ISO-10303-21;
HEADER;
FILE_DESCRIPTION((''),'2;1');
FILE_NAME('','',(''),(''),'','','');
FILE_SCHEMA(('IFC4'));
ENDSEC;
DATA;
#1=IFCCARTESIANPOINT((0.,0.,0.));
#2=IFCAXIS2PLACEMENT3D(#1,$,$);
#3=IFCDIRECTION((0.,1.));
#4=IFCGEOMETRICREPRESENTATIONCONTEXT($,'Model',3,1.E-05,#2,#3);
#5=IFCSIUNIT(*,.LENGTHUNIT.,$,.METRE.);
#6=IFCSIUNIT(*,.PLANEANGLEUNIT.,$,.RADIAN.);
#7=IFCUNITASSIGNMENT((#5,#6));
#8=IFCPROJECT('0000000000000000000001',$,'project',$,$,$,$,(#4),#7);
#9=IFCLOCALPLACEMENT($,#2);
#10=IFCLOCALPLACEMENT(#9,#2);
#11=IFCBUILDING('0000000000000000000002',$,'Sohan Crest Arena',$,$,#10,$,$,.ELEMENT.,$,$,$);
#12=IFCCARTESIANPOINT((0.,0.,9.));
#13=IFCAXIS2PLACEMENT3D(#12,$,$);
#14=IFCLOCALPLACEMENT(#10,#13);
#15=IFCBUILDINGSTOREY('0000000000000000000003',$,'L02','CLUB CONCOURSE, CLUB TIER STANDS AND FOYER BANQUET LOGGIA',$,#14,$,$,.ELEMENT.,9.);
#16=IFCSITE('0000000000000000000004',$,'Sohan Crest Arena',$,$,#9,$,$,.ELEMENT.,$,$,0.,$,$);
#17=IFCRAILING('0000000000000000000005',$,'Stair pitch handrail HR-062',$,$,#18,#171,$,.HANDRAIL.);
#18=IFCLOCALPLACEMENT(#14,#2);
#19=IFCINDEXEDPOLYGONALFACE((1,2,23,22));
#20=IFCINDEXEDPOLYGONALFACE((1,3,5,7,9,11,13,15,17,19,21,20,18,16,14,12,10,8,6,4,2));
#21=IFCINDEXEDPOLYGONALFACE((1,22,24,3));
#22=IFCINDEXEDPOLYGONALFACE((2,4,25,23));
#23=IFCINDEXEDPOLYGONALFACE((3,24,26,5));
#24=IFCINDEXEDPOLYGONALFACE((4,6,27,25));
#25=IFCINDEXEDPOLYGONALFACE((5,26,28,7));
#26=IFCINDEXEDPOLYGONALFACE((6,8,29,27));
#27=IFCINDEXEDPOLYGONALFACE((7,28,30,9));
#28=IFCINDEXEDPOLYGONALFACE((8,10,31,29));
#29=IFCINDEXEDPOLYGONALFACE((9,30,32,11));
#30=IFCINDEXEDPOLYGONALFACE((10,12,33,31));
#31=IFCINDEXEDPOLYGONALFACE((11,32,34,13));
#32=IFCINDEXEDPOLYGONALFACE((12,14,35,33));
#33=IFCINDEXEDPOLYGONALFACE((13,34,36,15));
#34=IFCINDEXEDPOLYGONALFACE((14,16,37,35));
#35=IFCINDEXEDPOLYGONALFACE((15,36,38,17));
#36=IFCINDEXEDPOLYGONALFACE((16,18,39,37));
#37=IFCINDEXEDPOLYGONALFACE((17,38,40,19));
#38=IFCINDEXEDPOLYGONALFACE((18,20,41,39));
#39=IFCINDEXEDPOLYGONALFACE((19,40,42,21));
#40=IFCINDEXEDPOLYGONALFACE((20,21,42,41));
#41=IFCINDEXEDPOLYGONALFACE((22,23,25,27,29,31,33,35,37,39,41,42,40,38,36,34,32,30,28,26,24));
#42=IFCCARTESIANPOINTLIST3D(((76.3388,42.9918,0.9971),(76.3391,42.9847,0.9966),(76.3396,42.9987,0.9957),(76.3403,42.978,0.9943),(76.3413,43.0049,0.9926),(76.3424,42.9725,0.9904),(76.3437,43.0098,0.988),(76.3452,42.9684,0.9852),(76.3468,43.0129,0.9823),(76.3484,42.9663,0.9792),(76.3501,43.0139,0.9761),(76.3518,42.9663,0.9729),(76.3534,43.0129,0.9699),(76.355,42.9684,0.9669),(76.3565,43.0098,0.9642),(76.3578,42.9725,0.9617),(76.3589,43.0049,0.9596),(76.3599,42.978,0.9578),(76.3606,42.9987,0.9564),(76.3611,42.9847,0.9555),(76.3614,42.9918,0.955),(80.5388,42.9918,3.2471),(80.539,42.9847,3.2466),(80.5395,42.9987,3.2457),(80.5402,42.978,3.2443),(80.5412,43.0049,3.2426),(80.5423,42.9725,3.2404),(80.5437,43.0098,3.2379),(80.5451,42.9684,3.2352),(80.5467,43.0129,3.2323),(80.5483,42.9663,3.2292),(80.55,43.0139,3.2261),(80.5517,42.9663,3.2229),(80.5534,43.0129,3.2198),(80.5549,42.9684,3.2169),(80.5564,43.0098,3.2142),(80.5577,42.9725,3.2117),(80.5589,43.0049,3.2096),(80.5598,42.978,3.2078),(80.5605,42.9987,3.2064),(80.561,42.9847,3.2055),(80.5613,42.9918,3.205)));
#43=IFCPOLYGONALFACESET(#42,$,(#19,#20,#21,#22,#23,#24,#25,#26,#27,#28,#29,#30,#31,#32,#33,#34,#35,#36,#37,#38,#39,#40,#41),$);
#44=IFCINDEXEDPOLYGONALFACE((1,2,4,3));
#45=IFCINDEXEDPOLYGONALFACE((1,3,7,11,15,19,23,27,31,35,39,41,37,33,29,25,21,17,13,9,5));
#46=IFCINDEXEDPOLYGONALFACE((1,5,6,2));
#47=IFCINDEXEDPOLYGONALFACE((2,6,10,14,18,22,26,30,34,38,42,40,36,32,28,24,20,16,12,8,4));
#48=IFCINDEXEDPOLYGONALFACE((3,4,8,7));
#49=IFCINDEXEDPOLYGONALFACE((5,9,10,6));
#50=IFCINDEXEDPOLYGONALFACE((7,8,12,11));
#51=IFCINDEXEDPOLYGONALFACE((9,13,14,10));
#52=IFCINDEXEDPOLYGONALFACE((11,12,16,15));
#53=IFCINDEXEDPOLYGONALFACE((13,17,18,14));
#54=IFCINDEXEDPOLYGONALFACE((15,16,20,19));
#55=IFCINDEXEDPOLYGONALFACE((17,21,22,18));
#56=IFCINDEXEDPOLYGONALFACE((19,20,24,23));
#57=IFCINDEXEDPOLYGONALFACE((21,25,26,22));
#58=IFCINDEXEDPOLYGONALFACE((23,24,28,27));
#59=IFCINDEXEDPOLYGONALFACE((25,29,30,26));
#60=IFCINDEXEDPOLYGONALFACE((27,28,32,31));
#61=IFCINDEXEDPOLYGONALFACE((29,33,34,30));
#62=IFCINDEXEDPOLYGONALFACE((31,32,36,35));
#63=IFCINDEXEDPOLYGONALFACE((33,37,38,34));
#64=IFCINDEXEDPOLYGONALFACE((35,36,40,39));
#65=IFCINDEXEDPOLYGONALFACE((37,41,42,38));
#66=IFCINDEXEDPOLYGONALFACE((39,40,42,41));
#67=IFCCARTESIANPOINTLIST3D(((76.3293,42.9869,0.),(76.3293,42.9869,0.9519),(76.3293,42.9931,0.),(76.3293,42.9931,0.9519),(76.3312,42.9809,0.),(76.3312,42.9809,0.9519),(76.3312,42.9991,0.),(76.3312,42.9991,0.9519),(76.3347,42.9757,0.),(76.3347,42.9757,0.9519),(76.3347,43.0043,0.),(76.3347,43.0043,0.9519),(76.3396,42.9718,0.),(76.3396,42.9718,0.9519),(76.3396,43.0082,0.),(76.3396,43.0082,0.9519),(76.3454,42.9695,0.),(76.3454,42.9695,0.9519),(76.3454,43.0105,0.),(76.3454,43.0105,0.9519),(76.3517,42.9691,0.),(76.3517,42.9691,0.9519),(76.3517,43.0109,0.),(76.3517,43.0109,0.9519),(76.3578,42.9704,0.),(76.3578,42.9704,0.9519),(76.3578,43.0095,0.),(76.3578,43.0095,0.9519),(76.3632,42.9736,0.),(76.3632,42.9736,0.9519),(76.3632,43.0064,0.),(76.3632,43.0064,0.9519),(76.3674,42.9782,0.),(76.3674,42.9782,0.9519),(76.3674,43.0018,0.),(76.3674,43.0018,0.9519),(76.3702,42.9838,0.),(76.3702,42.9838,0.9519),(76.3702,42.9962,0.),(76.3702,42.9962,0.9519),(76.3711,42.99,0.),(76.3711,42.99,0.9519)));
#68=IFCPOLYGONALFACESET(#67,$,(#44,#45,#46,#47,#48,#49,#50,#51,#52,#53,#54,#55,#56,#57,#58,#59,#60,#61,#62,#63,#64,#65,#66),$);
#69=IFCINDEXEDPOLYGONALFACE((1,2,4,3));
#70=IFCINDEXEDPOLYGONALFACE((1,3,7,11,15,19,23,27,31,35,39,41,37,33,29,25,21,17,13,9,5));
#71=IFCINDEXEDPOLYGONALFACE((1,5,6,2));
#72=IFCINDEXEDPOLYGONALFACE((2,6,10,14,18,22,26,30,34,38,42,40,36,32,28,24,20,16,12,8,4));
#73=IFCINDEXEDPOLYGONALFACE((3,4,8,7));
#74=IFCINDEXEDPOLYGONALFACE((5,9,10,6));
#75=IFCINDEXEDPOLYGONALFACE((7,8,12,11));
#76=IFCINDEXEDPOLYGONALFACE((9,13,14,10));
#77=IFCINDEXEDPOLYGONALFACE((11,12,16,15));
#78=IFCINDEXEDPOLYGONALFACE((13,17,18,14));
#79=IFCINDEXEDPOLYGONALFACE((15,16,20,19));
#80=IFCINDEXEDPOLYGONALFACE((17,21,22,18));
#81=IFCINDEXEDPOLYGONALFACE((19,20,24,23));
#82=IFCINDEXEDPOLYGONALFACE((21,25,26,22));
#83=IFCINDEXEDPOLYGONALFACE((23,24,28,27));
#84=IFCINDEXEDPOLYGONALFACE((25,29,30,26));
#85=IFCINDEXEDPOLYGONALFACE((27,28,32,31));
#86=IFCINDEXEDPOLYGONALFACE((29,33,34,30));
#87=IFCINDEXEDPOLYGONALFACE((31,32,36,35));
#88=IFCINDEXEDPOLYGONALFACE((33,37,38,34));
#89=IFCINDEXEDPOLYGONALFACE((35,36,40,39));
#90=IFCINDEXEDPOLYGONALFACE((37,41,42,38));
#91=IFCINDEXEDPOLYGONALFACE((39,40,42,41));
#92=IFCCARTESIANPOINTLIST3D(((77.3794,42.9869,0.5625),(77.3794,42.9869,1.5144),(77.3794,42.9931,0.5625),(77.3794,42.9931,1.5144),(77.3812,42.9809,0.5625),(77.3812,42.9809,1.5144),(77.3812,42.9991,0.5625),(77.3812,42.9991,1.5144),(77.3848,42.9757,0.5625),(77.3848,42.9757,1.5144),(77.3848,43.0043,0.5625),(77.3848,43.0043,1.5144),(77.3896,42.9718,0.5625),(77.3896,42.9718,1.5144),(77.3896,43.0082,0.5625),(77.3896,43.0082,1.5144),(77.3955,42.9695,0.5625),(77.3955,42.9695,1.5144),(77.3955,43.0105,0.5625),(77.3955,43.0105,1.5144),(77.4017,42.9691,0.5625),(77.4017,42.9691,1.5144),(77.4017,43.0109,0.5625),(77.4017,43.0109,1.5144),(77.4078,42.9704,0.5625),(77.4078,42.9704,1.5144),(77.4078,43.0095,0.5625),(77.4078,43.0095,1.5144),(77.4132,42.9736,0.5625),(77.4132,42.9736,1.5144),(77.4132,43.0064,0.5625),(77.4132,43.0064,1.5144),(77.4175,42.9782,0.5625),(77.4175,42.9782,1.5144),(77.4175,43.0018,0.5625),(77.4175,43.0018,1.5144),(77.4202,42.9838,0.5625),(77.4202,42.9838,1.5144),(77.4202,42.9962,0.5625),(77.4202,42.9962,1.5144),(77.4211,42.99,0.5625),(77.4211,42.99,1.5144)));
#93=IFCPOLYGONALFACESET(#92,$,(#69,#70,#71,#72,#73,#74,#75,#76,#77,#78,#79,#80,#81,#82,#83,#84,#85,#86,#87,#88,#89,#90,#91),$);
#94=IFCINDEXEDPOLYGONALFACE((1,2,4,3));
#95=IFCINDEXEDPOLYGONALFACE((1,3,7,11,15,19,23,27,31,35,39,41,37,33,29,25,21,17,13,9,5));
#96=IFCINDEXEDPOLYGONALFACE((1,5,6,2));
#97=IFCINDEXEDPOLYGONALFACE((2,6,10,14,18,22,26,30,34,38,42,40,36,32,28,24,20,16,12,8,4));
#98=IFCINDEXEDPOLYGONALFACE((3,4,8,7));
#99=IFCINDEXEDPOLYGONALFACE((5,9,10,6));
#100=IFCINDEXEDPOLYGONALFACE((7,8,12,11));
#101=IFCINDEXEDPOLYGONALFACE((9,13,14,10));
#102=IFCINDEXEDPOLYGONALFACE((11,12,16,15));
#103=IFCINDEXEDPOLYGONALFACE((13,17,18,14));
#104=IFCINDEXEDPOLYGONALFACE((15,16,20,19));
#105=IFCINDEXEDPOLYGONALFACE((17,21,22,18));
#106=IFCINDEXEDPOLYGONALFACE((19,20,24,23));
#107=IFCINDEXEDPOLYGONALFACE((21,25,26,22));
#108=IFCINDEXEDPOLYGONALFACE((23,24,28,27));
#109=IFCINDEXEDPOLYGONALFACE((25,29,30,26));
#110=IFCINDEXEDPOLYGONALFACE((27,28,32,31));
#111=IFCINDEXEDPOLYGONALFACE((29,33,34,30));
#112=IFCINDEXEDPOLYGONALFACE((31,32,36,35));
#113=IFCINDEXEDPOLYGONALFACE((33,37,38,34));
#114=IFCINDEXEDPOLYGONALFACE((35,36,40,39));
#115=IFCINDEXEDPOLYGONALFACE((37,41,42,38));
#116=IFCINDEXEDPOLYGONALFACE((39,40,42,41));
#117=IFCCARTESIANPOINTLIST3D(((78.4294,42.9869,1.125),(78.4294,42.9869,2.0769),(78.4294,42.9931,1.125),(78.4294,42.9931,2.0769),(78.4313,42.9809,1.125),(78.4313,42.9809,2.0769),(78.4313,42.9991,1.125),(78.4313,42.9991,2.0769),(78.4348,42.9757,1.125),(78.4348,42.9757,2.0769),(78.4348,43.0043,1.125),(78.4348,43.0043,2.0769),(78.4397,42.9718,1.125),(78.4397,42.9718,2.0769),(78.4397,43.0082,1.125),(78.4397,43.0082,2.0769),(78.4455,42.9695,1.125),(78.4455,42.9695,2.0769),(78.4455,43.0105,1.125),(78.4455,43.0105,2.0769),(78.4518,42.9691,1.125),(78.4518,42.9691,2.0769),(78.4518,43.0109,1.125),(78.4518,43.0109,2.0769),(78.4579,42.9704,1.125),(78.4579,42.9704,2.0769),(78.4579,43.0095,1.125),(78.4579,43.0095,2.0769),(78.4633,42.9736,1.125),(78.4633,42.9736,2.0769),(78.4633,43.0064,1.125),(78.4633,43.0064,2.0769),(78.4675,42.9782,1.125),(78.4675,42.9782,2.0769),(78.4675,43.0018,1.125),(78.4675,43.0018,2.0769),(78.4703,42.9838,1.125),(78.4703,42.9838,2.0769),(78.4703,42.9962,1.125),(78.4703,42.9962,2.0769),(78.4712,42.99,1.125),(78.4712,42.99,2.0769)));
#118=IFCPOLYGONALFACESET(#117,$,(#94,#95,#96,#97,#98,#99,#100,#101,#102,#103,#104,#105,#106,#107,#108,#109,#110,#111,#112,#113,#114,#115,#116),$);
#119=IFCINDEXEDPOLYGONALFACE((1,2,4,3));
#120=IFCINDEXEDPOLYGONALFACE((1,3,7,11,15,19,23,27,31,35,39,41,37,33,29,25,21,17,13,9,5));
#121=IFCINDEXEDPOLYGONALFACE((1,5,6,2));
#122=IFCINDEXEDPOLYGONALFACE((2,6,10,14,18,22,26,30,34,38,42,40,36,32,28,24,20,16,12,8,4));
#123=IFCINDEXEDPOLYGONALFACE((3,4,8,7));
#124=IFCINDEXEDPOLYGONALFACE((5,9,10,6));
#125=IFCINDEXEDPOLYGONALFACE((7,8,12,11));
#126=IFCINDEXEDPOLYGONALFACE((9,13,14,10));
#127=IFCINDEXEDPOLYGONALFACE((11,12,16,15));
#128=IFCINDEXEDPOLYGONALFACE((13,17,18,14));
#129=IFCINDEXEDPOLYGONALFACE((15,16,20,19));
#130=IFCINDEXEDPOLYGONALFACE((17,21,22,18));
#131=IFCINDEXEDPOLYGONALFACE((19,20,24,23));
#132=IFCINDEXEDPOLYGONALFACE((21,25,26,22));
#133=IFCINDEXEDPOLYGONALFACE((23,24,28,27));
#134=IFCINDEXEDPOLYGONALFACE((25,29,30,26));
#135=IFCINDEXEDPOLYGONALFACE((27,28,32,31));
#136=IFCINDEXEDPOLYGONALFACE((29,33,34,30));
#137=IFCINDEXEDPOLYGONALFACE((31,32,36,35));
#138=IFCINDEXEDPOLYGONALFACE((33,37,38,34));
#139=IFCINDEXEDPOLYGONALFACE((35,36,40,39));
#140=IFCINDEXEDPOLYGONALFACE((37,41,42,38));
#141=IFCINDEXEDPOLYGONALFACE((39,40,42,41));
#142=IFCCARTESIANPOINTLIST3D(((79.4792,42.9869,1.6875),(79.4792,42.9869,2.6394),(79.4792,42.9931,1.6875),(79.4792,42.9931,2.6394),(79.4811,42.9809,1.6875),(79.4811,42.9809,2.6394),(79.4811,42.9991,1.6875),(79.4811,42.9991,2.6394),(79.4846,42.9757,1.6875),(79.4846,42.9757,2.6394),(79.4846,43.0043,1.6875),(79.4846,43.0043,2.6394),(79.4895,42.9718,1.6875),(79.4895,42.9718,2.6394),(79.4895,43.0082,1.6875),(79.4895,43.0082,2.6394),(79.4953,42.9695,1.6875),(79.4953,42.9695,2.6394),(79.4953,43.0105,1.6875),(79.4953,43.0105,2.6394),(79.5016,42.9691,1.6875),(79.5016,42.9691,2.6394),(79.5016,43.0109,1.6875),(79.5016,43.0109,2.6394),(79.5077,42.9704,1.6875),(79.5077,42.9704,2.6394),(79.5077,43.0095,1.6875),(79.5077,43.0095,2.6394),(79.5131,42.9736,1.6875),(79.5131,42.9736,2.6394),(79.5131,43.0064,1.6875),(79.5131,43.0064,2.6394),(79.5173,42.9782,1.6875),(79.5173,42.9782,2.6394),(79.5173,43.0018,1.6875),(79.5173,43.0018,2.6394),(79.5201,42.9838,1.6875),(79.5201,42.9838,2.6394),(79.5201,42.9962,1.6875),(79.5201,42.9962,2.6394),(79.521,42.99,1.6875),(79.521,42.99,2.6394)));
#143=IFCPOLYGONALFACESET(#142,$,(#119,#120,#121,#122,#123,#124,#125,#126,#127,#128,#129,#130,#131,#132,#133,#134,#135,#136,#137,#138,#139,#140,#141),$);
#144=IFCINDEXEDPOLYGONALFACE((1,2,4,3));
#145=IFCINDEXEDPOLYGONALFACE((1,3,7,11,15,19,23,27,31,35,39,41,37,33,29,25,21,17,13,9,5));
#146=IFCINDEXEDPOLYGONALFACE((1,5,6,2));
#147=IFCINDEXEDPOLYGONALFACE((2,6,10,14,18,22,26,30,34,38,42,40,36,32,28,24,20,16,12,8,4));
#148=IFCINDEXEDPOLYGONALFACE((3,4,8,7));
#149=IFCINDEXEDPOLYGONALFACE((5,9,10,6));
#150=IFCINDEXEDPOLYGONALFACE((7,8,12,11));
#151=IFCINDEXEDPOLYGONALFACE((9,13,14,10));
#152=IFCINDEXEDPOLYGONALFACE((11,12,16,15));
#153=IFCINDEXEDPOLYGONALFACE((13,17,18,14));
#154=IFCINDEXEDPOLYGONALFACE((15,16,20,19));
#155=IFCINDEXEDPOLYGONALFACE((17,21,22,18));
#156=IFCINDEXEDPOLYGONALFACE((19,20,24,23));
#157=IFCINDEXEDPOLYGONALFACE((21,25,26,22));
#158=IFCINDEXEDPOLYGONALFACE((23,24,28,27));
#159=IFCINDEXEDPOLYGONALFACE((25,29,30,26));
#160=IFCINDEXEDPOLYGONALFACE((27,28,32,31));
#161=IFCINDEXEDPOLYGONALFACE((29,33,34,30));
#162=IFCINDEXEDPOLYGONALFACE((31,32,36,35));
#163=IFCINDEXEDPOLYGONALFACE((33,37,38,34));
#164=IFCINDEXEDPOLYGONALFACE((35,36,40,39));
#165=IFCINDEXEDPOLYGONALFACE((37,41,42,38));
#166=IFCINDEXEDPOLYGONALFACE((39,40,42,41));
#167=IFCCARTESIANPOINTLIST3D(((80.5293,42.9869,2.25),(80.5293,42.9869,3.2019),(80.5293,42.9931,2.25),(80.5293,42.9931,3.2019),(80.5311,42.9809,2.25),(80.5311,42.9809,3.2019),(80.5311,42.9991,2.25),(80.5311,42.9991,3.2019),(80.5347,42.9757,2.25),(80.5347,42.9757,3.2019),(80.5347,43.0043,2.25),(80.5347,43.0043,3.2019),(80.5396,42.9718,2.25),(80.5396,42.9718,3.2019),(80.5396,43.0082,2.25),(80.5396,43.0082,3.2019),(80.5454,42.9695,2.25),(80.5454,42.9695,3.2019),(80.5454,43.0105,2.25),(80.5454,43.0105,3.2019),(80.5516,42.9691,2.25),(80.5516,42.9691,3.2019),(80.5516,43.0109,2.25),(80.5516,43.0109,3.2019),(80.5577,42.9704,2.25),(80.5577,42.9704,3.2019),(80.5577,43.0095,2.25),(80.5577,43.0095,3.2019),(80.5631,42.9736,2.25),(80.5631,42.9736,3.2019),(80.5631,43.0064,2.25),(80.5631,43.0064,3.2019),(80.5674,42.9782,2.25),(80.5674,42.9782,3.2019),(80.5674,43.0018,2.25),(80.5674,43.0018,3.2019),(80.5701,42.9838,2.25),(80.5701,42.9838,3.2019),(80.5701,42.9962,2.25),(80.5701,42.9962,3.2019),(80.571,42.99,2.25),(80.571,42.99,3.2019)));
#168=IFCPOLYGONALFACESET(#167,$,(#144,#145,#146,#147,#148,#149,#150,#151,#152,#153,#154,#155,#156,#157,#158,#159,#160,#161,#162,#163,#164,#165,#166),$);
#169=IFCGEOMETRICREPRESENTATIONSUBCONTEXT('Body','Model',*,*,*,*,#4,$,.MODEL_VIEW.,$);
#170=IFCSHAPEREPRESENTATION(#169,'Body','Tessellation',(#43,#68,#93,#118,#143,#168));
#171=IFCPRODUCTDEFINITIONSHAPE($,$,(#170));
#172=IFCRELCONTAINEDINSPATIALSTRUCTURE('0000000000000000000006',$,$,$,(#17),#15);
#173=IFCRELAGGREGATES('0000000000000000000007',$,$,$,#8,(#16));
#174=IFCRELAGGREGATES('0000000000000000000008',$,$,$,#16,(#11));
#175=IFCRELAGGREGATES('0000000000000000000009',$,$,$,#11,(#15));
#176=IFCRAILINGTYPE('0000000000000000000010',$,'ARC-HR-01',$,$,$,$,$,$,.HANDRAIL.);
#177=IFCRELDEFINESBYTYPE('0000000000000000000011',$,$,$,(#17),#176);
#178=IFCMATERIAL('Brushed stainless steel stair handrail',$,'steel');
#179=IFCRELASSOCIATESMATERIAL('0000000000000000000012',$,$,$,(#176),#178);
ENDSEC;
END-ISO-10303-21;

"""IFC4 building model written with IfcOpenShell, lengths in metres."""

from ifc_helpers import new_model, si_unit, direction, frame, origin, origin_2d, place, context, subcontext, project, spatial, circle, extrude, material, type_object, element, save


model = new_model("IFC4")

# Units and contexts
model_context = context("Model", 3, precision=1e-05, world=origin(), true_north=direction((0.0, 1.0)))
body_context = subcontext(model_context, "Body", "Model", "MODEL_VIEW")
ifc_project = project(units=[si_unit("LENGTHUNIT", "METRE"), si_unit("PLANEANGLEUNIT", "RADIAN")], contexts=[model_context])

# Site, building, storey
site_placement = place(None, origin())
site = spatial("IfcSite", under=ifc_project, at=site_placement, Name="Sohan Crest Arena", CompositionType="ELEMENT", RefElevation=0.0)
building_placement = place(site_placement, origin())
building = spatial("IfcBuilding", under=site, at=building_placement, Name="Sohan Crest Arena", CompositionType="ELEMENT")
storey_placement = place(building_placement, frame((0.0, 0.0, 9.0)))
storey = spatial("IfcBuildingStorey", under=building, at=storey_placement, Name="L02", Description="CLUB CONCOURSE, CLUB TIER STANDS AND FOYER BANQUET LOGGIA", CompositionType="ELEMENT", Elevation=9.0)

# Railing
ifc_material_1 = material(Name="Brushed stainless steel stair handrail", Category="steel")
railing_type_1 = type_object("IfcRailingType", Name="ARC-HR-01", PredefinedType="HANDRAIL", material=ifc_material_1)
railing_1_placement = place(storey_placement, frame((76.3501, 42.99, 0.0)))
element("IfcRailing", 1, at=railing_1_placement, inside=storey, type_object=railing_type_1, Name="Stair pitch handrail HR-062", PredefinedType="HANDRAIL", context=body_context, shape_type="SweptSolid", body=[
    extrude(circle(Radius=0.0239, at=origin_2d()), frame((0.0, 0.0, 0.9761), z_axis=(0.881478, 0.0, 0.472226), x_axis=(0.0, 1.0, 0.0)), (0.0, 0.0, 1.0), 4.7646),
    extrude(circle(Radius=0.021, at=origin_2d()), origin(), (0.0, 0.0, 1.0), 0.9519),
    extrude(circle(Radius=0.021, at=origin_2d()), frame((1.05, 0.0, 0.5625)), (0.0, 0.0, 1.0), 0.9519),
    extrude(circle(Radius=0.021, at=origin_2d()), frame((2.1001, 0.0, 1.125)), (0.0, 0.0, 1.0), 0.9519),
    extrude(circle(Radius=0.021, at=origin_2d()), frame((3.1499, 0.0, 1.6875)), (0.0, 0.0, 1.0), 0.9519),
    extrude(circle(Radius=0.021, at=origin_2d()), frame((4.2, 0.0, 2.25)), (0.0, 0.0, 1.0), 0.9519),
])

save(model, "model.ifc")
